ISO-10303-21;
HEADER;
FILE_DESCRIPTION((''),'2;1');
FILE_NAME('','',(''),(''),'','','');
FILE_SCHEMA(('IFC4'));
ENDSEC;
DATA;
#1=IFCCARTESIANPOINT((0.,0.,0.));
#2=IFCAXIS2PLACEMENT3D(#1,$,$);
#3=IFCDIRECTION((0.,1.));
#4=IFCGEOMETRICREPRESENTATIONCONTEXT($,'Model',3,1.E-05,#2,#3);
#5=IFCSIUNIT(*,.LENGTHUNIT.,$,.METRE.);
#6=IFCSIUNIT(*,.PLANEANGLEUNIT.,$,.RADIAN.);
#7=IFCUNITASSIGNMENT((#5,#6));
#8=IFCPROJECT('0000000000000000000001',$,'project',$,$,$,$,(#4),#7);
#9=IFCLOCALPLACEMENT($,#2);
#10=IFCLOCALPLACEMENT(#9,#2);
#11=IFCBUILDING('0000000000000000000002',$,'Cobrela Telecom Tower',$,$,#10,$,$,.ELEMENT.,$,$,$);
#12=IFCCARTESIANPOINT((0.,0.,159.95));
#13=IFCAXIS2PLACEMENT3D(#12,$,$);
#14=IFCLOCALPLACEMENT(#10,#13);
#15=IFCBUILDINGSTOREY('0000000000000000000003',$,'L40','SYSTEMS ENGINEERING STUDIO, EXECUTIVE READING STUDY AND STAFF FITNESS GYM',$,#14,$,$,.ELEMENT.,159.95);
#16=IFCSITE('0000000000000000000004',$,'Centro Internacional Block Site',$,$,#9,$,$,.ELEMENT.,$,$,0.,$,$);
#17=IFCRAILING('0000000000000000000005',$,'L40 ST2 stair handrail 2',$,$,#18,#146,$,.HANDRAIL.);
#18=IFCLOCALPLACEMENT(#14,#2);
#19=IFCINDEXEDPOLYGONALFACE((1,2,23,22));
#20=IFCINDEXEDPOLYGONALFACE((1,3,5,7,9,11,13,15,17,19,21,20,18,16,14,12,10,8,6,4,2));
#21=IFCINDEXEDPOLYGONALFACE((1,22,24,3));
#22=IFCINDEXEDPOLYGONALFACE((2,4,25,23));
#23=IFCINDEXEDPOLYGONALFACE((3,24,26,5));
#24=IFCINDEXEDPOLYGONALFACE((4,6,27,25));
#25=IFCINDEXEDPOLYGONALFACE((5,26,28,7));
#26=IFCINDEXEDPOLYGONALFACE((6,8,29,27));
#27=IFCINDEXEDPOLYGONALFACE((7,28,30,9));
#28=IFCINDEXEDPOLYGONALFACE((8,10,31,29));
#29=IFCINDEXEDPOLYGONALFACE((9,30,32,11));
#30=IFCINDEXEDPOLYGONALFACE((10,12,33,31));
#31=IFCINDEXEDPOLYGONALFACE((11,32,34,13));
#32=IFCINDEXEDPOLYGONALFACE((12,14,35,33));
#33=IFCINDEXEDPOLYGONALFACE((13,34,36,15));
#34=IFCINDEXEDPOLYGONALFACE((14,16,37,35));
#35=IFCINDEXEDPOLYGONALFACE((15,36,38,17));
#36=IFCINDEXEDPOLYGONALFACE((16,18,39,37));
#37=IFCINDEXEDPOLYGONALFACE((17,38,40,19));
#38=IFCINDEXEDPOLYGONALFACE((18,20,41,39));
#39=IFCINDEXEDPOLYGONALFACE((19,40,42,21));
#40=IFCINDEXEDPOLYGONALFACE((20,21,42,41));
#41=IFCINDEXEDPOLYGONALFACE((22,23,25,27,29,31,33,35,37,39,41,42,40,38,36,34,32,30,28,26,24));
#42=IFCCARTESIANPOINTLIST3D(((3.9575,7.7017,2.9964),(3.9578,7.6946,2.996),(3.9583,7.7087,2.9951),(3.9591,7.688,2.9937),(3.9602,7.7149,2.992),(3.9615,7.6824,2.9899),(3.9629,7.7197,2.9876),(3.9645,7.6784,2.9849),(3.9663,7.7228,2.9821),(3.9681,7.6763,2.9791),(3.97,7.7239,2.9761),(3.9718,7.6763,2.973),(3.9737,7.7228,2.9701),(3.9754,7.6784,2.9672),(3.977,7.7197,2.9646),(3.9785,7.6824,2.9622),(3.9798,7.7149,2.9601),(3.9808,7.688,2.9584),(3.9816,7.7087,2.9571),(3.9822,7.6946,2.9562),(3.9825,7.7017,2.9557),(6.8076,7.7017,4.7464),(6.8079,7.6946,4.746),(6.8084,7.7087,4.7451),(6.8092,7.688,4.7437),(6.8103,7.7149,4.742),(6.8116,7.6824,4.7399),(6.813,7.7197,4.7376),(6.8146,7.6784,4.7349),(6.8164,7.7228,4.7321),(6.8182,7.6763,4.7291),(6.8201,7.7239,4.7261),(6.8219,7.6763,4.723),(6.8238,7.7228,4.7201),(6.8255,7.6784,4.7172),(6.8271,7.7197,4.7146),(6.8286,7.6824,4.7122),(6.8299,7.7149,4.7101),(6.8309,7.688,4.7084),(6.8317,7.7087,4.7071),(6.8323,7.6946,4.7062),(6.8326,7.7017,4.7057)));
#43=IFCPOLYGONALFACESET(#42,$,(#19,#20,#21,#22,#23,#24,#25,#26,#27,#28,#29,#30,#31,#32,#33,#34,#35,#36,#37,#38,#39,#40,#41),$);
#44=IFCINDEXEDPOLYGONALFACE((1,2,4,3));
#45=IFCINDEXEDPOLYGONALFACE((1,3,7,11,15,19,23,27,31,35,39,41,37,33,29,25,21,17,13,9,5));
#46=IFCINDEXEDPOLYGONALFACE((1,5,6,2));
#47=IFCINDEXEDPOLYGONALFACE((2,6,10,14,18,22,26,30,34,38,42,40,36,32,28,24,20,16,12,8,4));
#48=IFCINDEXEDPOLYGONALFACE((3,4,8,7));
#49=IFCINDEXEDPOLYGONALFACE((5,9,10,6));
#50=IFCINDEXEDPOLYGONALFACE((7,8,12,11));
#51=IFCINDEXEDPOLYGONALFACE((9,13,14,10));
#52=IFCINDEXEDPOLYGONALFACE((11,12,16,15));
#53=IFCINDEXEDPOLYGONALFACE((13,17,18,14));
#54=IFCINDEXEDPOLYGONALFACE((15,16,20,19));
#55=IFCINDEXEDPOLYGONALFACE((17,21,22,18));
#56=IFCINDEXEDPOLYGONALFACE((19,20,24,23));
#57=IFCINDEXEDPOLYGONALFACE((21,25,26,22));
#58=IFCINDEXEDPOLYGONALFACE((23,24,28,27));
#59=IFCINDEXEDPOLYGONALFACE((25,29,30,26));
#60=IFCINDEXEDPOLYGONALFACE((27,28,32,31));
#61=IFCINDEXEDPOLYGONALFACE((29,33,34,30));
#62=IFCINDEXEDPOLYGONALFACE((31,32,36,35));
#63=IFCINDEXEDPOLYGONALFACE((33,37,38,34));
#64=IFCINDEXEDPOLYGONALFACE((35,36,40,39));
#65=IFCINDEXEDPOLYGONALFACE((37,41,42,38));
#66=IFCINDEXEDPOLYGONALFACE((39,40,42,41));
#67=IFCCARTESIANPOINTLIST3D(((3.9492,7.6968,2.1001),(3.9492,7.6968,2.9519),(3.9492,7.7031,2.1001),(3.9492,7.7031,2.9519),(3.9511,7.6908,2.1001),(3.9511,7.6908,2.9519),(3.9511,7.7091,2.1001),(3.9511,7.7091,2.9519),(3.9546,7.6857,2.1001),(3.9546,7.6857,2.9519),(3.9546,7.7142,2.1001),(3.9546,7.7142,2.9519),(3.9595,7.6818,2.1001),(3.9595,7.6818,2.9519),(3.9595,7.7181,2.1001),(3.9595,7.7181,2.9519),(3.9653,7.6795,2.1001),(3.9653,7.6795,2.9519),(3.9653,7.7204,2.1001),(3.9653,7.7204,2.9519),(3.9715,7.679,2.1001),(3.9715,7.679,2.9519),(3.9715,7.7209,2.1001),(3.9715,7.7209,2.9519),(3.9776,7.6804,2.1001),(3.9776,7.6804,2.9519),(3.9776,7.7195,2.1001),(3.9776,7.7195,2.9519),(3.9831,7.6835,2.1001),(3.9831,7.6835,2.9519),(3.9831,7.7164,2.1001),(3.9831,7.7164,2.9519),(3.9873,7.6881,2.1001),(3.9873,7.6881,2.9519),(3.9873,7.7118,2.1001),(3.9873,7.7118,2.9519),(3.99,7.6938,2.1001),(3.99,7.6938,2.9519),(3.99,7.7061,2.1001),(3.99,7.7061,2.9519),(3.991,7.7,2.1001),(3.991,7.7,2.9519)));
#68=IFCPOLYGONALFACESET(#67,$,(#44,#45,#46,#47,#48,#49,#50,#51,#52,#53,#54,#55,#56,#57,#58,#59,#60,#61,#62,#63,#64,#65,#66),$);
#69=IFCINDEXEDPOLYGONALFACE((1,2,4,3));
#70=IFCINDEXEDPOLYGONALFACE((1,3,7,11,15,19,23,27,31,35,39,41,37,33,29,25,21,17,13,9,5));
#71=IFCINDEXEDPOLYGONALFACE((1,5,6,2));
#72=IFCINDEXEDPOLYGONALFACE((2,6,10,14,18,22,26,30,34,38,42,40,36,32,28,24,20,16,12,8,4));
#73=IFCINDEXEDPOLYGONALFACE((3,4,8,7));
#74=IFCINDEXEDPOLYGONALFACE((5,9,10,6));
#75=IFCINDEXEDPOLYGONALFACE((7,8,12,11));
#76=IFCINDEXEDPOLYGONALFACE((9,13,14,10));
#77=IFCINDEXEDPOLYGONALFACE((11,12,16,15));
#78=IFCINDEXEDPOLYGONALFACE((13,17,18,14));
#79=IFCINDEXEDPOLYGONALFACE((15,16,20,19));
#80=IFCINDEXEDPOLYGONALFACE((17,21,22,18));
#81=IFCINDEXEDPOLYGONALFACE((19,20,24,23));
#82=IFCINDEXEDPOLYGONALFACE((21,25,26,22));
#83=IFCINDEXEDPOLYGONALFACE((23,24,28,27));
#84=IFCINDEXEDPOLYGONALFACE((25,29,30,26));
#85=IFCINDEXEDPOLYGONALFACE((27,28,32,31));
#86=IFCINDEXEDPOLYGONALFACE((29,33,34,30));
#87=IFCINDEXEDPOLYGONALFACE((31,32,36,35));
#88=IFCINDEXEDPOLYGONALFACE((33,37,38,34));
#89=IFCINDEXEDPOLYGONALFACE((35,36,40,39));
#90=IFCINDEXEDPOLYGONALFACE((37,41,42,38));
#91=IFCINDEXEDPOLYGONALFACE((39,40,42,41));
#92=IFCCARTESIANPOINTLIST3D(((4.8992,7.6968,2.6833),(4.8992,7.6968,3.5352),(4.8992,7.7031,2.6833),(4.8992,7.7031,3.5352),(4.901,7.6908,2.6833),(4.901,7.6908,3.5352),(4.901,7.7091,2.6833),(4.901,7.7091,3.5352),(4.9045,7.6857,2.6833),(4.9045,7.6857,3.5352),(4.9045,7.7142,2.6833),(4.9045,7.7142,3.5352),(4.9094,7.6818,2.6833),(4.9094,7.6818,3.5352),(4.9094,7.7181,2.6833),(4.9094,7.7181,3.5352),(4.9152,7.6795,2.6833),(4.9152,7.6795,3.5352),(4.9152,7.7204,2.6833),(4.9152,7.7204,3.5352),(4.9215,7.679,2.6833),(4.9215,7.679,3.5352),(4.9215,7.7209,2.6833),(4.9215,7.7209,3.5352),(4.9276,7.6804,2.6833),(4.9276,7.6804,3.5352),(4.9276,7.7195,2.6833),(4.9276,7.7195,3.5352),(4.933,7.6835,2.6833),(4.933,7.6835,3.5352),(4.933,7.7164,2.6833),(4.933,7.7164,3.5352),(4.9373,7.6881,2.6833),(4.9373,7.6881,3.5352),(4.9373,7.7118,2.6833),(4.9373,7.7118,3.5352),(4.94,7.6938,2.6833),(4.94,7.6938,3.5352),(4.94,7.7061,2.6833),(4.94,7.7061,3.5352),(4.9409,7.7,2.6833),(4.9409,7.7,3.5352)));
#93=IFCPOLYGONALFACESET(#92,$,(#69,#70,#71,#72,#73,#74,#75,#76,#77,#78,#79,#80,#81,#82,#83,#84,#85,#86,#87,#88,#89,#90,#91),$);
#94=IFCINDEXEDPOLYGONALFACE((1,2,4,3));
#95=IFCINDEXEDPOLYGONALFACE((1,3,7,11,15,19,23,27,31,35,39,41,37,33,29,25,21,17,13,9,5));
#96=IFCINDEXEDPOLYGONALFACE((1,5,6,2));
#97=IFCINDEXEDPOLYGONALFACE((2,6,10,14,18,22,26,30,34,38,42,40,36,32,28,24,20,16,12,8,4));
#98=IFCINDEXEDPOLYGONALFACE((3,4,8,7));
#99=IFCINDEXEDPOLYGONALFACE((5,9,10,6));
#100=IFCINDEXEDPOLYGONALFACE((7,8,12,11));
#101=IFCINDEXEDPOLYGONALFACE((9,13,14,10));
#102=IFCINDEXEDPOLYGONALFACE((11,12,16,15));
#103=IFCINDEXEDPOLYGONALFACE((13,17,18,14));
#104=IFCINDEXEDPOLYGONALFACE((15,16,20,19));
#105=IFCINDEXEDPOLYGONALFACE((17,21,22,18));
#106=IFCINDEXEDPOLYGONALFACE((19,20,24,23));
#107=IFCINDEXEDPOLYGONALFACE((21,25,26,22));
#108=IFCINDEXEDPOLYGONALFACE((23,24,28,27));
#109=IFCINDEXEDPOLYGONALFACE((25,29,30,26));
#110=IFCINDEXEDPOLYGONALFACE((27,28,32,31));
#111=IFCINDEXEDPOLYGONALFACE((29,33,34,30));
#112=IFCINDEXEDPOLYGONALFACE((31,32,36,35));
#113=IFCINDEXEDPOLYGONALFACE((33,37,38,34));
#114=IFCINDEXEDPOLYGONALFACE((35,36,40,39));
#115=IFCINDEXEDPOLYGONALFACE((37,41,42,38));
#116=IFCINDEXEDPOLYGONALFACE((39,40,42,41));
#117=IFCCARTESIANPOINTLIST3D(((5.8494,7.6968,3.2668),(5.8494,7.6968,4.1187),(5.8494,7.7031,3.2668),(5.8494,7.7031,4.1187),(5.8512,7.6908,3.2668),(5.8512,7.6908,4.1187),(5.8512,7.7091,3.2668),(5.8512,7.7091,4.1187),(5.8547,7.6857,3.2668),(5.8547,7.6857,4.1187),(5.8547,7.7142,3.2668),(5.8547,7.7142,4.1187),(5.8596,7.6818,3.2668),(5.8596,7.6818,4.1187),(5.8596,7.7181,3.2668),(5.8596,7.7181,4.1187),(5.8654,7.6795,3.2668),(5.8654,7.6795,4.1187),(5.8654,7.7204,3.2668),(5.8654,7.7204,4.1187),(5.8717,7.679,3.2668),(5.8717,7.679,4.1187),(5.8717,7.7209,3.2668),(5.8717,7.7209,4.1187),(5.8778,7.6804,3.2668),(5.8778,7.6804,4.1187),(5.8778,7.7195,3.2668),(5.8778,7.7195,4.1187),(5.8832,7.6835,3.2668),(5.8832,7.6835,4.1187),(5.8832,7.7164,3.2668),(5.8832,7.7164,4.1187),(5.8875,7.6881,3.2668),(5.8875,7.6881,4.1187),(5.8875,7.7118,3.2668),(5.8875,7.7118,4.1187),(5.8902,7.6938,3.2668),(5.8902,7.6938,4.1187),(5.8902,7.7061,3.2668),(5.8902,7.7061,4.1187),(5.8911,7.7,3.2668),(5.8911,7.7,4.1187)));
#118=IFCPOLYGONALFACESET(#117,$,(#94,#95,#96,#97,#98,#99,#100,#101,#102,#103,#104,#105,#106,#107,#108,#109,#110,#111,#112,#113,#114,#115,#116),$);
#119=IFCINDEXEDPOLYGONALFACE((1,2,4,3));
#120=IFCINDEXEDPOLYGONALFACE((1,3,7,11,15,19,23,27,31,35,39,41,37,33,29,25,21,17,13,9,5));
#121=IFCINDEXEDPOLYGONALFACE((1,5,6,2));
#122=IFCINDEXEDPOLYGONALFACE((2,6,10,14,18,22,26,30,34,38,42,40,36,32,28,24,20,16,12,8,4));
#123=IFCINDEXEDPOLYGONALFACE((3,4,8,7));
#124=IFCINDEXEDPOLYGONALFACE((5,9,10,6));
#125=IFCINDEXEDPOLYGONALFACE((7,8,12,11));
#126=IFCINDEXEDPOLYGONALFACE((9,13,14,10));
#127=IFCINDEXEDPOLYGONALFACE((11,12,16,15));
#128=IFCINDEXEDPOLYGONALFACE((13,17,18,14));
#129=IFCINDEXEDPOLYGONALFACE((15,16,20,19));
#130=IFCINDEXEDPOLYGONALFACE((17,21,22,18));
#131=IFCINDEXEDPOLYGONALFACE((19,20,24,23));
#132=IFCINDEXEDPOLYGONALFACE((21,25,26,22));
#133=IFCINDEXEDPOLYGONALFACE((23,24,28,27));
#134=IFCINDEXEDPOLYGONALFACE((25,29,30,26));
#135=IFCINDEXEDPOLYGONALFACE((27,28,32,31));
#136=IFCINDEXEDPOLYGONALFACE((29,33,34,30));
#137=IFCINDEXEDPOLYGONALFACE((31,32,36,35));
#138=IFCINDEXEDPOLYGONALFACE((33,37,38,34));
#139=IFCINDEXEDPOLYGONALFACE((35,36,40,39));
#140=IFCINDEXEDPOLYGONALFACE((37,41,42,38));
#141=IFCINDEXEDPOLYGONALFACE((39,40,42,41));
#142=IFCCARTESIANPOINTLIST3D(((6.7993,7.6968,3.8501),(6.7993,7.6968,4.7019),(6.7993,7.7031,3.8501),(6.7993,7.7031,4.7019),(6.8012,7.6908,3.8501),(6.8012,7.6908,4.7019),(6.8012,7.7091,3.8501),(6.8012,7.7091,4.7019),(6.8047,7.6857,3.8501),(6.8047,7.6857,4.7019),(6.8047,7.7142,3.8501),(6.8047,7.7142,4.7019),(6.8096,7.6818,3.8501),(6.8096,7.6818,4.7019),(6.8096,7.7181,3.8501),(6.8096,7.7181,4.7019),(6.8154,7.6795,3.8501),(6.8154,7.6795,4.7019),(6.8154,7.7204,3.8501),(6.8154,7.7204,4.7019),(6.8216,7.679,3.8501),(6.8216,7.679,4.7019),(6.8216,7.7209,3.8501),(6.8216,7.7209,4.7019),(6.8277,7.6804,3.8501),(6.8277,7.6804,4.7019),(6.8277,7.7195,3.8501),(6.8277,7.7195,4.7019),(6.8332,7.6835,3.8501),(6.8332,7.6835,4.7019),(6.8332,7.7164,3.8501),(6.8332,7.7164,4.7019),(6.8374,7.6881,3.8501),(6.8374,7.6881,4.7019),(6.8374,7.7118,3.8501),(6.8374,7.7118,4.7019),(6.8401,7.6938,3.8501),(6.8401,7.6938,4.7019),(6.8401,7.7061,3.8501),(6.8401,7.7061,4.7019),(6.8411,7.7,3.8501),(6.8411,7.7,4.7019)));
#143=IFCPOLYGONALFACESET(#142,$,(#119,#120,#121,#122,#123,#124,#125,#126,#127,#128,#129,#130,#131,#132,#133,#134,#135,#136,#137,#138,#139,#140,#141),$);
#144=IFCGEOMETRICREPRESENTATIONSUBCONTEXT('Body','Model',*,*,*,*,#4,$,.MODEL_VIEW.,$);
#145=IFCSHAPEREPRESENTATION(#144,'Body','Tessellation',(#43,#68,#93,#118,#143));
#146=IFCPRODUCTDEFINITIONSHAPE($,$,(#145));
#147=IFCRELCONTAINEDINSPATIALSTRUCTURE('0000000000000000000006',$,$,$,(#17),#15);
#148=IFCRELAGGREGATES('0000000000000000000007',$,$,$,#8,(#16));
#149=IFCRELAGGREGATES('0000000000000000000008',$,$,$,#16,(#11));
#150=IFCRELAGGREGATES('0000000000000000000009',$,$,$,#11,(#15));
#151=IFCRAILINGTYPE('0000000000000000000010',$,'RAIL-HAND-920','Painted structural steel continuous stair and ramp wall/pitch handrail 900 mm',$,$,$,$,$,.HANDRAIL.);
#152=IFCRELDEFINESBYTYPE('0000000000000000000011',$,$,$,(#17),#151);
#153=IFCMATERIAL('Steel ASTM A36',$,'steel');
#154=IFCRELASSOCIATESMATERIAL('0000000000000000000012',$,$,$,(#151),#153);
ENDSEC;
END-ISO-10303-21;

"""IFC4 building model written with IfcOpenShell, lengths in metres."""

from ifc_helpers import new_model, si_unit, direction, frame, origin, origin_2d, place, context, subcontext, project, spatial, circle, extrude, material, type_object, element, save


model = new_model("IFC4")

# Units and contexts
model_context = context("Model", 3, precision=1e-05, world=origin(), true_north=direction((0.0, 1.0)))
body_context = subcontext(model_context, "Body", "Model", "MODEL_VIEW")
ifc_project = project(units=[si_unit("LENGTHUNIT", "METRE"), si_unit("PLANEANGLEUNIT", "RADIAN")], contexts=[model_context])

# Site, building, storey
site_placement = place(None, origin())
site = spatial("IfcSite", under=ifc_project, at=site_placement, Name="Centro Internacional Block Site", CompositionType="ELEMENT", RefElevation=0.0)
building_placement = place(site_placement, origin())
building = spatial("IfcBuilding", under=site, at=building_placement, Name="Cobrela Telecom Tower", CompositionType="ELEMENT")
storey_placement = place(building_placement, frame((0.0, 0.0, 159.95)))
storey = spatial("IfcBuildingStorey", under=building, at=storey_placement, Name="L40", Description="SYSTEMS ENGINEERING STUDIO, EXECUTIVE READING STUDY AND STAFF FITNESS GYM", CompositionType="ELEMENT", Elevation=159.95)

# Railing
ifc_material_1 = material(Name="Steel ASTM A36", Category="steel")
railing_type_1 = type_object("IfcRailingType", Name="RAIL-HAND-920", Description="Painted structural steel continuous stair and ramp wall/pitch handrail 900 mm", PredefinedType="HANDRAIL", material=ifc_material_1)
railing_1_placement = place(storey_placement, frame((3.97, 7.7, 2.1001)))
element("IfcRailing", 1, at=railing_1_placement, inside=storey, type_object=railing_type_1, Name="L40 ST2 stair handrail 2", PredefinedType="HANDRAIL", context=body_context, shape_type="SweptSolid", body=[
    extrude(circle(Radius=0.0239, at=origin_2d()), frame((0.0, 0.0, 0.876), z_axis=(0.852179, 0.0, 0.52325), x_axis=(0.0, 1.0, 0.0)), (0.0, 0.0, 1.0), 3.3445),
    extrude(circle(Radius=0.021, at=origin_2d()), origin(), (0.0, 0.0, 1.0), 0.8518),
    extrude(circle(Radius=0.021, at=origin_2d()), frame((0.95, 0.0, 0.5833)), (0.0, 0.0, 1.0), 0.8518),
    extrude(circle(Radius=0.021, at=origin_2d()), frame((1.9001, 0.0, 1.1667)), (0.0, 0.0, 1.0), 0.8518),
    extrude(circle(Radius=0.021, at=origin_2d()), frame((2.8501, 0.0, 1.75)), (0.0, 0.0, 1.0), 0.8518),
])

save(model, "model.ifc")
